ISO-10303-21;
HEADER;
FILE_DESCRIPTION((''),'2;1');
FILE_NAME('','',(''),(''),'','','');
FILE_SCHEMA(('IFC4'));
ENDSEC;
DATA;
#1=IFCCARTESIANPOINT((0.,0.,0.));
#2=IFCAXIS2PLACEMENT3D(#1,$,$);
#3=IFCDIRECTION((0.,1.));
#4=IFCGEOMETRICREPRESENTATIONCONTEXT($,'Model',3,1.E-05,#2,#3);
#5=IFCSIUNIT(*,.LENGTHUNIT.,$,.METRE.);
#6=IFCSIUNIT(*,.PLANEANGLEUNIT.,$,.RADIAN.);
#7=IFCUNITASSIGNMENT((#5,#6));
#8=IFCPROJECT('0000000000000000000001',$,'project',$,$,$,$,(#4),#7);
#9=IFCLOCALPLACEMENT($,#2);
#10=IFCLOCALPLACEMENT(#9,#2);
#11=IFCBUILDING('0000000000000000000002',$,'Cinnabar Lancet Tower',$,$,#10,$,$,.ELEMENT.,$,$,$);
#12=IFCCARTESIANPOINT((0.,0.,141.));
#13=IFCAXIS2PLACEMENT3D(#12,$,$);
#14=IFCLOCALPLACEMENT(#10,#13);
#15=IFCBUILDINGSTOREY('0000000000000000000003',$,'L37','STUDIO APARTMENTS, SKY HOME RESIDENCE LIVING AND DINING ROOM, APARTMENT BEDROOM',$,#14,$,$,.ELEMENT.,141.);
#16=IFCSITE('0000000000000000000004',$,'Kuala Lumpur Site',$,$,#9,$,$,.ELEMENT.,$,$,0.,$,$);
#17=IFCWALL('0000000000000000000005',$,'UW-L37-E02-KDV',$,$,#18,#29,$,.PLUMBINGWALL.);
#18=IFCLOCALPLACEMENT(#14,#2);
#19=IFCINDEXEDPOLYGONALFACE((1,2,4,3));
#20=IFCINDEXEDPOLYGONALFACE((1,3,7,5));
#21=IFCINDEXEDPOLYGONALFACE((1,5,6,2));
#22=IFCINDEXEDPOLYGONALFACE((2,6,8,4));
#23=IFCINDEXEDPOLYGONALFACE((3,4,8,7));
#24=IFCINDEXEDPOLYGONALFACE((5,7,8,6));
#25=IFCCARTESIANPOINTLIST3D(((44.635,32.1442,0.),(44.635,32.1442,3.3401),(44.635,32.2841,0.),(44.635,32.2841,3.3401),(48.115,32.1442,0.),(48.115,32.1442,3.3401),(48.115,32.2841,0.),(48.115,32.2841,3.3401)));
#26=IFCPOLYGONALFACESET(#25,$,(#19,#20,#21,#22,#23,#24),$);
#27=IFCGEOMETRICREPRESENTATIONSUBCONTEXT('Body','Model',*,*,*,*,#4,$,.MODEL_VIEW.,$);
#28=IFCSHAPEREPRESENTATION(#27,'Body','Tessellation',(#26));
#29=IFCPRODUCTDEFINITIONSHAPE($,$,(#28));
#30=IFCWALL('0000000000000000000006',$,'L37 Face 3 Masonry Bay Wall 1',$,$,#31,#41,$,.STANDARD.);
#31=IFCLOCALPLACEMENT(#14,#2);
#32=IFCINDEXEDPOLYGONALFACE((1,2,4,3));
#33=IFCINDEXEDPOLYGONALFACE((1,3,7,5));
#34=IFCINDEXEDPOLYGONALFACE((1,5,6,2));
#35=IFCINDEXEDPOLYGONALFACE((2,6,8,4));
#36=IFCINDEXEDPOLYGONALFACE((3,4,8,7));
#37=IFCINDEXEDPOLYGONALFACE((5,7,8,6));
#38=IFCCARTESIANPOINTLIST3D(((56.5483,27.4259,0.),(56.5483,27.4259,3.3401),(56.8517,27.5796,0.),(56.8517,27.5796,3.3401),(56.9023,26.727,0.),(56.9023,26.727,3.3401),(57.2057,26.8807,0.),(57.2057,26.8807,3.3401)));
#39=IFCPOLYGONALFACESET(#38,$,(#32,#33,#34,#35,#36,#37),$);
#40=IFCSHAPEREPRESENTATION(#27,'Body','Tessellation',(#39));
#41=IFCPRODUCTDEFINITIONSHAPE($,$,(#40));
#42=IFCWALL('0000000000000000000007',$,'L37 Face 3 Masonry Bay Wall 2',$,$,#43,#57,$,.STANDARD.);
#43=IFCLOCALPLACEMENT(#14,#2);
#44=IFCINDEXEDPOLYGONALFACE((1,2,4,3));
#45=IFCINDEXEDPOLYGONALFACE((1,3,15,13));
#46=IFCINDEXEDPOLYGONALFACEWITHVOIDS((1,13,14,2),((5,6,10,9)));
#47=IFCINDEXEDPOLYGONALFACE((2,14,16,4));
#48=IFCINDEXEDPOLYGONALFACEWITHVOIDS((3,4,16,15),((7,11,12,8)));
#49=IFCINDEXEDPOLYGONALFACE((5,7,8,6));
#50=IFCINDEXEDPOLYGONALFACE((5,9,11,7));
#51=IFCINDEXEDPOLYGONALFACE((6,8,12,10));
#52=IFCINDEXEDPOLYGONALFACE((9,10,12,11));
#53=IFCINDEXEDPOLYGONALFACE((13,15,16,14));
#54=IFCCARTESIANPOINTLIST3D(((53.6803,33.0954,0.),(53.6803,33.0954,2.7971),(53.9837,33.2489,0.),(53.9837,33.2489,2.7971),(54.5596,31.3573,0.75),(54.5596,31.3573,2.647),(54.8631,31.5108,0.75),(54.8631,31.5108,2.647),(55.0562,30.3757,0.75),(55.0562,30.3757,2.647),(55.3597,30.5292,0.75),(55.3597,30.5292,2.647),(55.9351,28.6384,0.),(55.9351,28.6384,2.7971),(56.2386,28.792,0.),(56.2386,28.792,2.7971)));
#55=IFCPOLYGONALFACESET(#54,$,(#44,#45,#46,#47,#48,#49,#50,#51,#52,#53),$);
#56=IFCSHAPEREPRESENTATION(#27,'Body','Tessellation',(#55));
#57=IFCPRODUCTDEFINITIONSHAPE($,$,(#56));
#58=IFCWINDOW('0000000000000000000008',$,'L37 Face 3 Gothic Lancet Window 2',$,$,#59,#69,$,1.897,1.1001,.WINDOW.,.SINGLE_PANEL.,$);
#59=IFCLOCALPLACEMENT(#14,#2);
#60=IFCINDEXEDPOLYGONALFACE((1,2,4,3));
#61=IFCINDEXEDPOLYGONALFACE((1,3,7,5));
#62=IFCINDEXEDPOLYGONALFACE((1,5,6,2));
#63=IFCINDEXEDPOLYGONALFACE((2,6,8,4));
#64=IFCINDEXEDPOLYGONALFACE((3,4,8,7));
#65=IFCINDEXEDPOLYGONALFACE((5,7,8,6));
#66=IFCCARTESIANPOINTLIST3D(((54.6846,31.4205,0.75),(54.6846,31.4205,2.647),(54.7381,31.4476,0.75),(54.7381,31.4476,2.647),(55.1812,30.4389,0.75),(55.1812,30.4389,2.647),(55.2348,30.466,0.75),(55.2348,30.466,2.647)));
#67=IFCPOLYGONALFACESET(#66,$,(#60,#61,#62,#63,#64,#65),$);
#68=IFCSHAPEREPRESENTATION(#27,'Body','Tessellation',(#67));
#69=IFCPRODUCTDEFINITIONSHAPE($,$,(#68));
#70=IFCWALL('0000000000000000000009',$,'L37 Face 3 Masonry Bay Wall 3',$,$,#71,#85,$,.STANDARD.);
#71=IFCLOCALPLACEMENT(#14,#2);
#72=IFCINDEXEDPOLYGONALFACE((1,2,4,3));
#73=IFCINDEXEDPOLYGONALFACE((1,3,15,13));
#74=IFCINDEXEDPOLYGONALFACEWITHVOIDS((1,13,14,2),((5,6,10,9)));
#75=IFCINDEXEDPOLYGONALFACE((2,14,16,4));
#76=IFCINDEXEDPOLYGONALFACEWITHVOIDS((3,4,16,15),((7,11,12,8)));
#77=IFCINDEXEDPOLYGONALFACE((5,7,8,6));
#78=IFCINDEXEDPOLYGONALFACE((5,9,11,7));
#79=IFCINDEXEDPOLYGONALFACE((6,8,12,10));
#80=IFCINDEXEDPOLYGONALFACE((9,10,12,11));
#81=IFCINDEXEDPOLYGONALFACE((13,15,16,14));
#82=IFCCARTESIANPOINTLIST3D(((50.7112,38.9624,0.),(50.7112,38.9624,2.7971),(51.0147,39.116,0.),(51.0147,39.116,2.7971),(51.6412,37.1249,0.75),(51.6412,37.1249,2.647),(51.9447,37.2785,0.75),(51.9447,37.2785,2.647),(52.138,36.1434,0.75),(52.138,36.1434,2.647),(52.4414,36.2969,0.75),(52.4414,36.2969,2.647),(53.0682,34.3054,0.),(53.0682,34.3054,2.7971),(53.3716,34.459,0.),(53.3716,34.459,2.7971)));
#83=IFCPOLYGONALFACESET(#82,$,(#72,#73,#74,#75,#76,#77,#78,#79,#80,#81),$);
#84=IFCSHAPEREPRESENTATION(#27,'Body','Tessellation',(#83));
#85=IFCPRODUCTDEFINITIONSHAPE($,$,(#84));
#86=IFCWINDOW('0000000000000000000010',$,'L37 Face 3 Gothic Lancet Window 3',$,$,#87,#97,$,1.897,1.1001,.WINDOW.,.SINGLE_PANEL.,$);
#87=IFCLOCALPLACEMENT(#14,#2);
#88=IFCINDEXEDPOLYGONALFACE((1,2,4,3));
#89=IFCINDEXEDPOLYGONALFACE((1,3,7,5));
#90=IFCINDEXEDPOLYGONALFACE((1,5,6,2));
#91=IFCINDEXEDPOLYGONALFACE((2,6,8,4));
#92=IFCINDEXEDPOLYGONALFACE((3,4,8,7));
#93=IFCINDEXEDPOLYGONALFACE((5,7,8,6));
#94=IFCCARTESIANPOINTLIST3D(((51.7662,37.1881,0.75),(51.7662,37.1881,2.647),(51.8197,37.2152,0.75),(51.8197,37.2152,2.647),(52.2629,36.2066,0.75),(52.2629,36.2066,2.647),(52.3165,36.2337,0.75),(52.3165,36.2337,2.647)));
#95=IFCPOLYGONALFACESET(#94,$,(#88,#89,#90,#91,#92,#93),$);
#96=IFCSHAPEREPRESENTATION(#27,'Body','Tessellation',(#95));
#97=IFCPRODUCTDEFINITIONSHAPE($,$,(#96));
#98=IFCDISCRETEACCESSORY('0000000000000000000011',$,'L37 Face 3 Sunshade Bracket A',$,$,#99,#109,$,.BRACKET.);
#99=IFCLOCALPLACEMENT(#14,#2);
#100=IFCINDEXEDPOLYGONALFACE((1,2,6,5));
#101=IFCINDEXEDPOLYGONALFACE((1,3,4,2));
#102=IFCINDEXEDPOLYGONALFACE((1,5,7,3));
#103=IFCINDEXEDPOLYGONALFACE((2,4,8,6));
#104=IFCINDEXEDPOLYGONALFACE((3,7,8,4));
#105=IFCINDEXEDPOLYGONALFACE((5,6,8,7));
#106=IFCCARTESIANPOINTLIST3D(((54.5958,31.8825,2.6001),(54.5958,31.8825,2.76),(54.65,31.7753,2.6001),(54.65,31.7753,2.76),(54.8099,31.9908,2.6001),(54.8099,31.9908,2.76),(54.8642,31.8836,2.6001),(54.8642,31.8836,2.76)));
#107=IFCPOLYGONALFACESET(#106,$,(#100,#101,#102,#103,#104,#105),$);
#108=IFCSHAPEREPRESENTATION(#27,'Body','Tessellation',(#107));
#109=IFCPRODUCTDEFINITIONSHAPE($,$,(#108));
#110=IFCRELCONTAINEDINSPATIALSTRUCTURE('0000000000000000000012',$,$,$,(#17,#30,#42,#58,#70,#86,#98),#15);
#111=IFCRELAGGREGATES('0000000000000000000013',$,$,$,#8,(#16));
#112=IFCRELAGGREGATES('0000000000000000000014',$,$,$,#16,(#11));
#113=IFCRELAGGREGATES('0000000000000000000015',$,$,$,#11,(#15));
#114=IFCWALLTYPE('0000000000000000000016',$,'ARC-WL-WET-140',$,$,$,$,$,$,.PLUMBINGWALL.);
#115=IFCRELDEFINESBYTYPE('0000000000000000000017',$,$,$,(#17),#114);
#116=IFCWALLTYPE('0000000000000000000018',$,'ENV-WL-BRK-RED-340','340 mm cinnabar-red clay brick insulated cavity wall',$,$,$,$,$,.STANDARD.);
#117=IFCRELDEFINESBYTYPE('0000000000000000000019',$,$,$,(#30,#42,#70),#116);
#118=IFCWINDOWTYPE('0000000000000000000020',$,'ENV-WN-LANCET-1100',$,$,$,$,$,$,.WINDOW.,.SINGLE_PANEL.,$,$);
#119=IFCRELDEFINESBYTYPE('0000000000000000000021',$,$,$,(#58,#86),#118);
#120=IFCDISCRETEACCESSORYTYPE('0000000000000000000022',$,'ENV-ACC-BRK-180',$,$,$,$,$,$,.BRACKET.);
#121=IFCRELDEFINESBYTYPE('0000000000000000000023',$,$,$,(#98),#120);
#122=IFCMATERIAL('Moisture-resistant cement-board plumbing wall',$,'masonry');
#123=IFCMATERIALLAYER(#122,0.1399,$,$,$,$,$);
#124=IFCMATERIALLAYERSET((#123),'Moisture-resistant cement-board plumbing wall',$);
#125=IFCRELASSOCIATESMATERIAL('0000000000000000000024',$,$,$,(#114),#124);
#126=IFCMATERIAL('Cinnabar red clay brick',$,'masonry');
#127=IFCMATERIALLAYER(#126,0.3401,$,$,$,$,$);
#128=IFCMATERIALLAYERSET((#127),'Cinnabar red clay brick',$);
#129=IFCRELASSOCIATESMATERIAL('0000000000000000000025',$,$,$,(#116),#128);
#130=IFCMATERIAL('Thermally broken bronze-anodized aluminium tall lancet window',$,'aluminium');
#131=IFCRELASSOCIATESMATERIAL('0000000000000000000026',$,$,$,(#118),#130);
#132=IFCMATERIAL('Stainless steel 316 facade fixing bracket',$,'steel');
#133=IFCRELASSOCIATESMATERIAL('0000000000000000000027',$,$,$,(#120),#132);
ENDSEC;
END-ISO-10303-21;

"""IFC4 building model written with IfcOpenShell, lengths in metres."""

from ifc_helpers import new_model, si_unit, direction, frame, frame_2d, origin, origin_2d, place, context, subcontext, project, spatial, rectangle, extrude, material, layer, layer_set, type_object, element, fill, save


model = new_model("IFC4")

# Units and contexts
model_context = context("Model", 3, precision=1e-05, world=origin(), true_north=direction((0.0, 1.0)))
body_context = subcontext(model_context, "Body", "Model", "MODEL_VIEW")
ifc_project = project(units=[si_unit("LENGTHUNIT", "METRE"), si_unit("PLANEANGLEUNIT", "RADIAN")], contexts=[model_context])

# Site, building, storey
site_placement = place(None, origin())
site = spatial("IfcSite", under=ifc_project, at=site_placement, Name="Kuala Lumpur Site", CompositionType="ELEMENT", RefElevation=0.0)
building_placement = place(site_placement, origin())
building = spatial("IfcBuilding", under=site, at=building_placement, Name="Cinnabar Lancet Tower", CompositionType="ELEMENT")
storey_placement = place(building_placement, frame((0.0, 0.0, 141.0)))
storey = spatial("IfcBuildingStorey", under=building, at=storey_placement, Name="L37", Description="STUDIO APARTMENTS, SKY HOME RESIDENCE LIVING AND DINING ROOM, APARTMENT BEDROOM", CompositionType="ELEMENT", Elevation=141.0)

# Shared definitions
ifc_material_1 = material(Name="Moisture-resistant cement-board plumbing wall", Category="masonry")
ifc_layer_1 = layer(ifc_material_1, 0.1399)
ifc_layer_set_1 = layer_set([ifc_layer_1], Name="Moisture-resistant cement-board plumbing wall")
wall_type_1 = type_object("IfcWallType", Name="ARC-WL-WET-140", PredefinedType="PLUMBINGWALL", material=ifc_layer_set_1)

# Walls
wall_1_placement = place(storey_placement, frame((44.635, 32.2141, 0.0), z_axis=(0.0, 0.0, 1.0), x_axis=(1.0, 0.0, 0.0)))
element("IfcWall", 1, at=wall_1_placement, inside=storey, type_object=wall_type_1, Name="UW-L37-E02-KDV", PredefinedType="PLUMBINGWALL", context=body_context, shape_type="SweptSolid", body=[
    extrude(rectangle(XDim=3.48, YDim=0.1399, at=frame_2d((1.74, 0.0))), origin(), (0.0, 0.0, 1.0), 3.3401),
])
ifc_material_2 = material(Name="Cinnabar red clay brick", Category="masonry")
ifc_layer_2 = layer(ifc_material_2, 0.3401)
ifc_layer_set_2 = layer_set([ifc_layer_2], Name="Cinnabar red clay brick")
wall_type_2 = type_object("IfcWallType", Name="ENV-WL-BRK-RED-340", Description="340 mm cinnabar-red clay brick insulated cavity wall", PredefinedType="STANDARD", material=ifc_layer_set_2)
wall_2_placement = place(storey_placement, frame((57.054, 26.804, 0.0), z_axis=(0.0, 0.0, 1.0), x_axis=(-0.451819, 0.892109, 0.0)))
element("IfcWall", 2, at=wall_2_placement, inside=storey, type_object=wall_type_2, Name="L37 Face 3 Masonry Bay Wall 1", PredefinedType="STANDARD", context=body_context, shape_type="SweptSolid", body=[
    extrude(rectangle(XDim=0.7834, YDim=0.3401, at=frame_2d((0.3916, 0.0))), origin(), (0.0, 0.0, 1.0), 3.3401),
])

# Walls, openings, windows
wall_3_placement = place(storey_placement, frame((56.0869, 28.7151, 0.0), z_axis=(0.0, 0.0, 1.0), x_axis=(-0.451432, 0.892306, 0.0)))
wall_3 = element("IfcWall", 3, at=wall_3_placement, inside=storey, type_object=wall_type_2, Name="L37 Face 3 Masonry Bay Wall 2", PredefinedType="STANDARD", context=body_context, shape_type="SweptSolid", body=[
    extrude(rectangle(XDim=4.9949, YDim=0.3401, at=frame_2d((2.4976, 0.0))), origin(), (0.0, 0.0, 1.0), 2.7971),
])
opening_1_placement = place(wall_3_placement, frame((1.947, 0.0, 0.75)))
opening_1 = element("IfcOpeningElement", 4, at=opening_1_placement, cuts=wall_3, PredefinedType="OPENING", context=body_context, shape_type="SweptSolid", body=[
    extrude(rectangle(XDim=1.1001, YDim=1.897, at=frame_2d((0.55, 0.9485))), frame((0.0, 0.1799, 0.0), z_axis=(0.0, -1.0, 0.0), x_axis=(1.0, 0.0, 0.0)), (0.0, 0.0, 1.0), 0.3601),
])
ifc_material_3 = material(Name="Thermally broken bronze-anodized aluminium tall lancet window", Category="aluminium")
window_type = type_object("IfcWindowType", Name="ENV-WN-LANCET-1100", PartitioningType="SINGLE_PANEL", PredefinedType="WINDOW", material=ifc_material_3)
window_1_placement = place(opening_1_placement, origin())
window_1 = element("IfcWindow", 5, at=window_1_placement, inside=storey, type_object=window_type, Name="L37 Face 3 Gothic Lancet Window 2", OverallHeight=1.897, OverallWidth=1.1001, PartitioningType="SINGLE_PANEL", PredefinedType="WINDOW", context=body_context, shape_type="SweptSolid", body=[
    extrude(rectangle(XDim=1.1001, YDim=1.897, at=frame_2d((0.55, 0.9485))), frame((0.0, 0.03, 0.0), z_axis=(0.0, -1.0, 0.0), x_axis=(1.0, 0.0, 0.0)), (0.0, 0.0, 1.0), 0.0601),
])
fill(opening_1, window_1)
wall_4_placement = place(storey_placement, frame((53.22, 34.3821, 0.0), z_axis=(0.0, 0.0, 1.0), x_axis=(-0.451568, 0.892237, 0.0)))
wall_4 = element("IfcWall", 6, at=wall_4_placement, inside=storey, type_object=wall_type_2, Name="L37 Face 3 Masonry Bay Wall 3", PredefinedType="STANDARD", context=body_context, shape_type="SweptSolid", body=[
    extrude(rectangle(XDim=5.2195, YDim=0.3401, at=frame_2d((2.6099, 0.0))), origin(), (0.0, 0.0, 1.0), 2.7971),
])
opening_2_placement = place(wall_4_placement, frame((2.0601, 0.0, 0.75)))
opening_2 = element("IfcOpeningElement", 7, at=opening_2_placement, cuts=wall_4, PredefinedType="OPENING", context=body_context, shape_type="SweptSolid", body=[
    extrude(rectangle(XDim=1.1001, YDim=1.897, at=frame_2d((0.55, 0.9485))), frame((0.0, 0.1799, 0.0), z_axis=(0.0, -1.0, 0.0), x_axis=(1.0, 0.0, 0.0)), (0.0, 0.0, 1.0), 0.3601),
])
window_2_placement = place(opening_2_placement, origin())
window_2 = element("IfcWindow", 8, at=window_2_placement, inside=storey, type_object=window_type, Name="L37 Face 3 Gothic Lancet Window 3", OverallHeight=1.897, OverallWidth=1.1001, PartitioningType="SINGLE_PANEL", PredefinedType="WINDOW", context=body_context, shape_type="SweptSolid", body=[
    extrude(rectangle(XDim=1.1001, YDim=1.897, at=frame_2d((0.55, 0.9485))), frame((0.0, 0.03, 0.0), z_axis=(0.0, -1.0, 0.0), x_axis=(1.0, 0.0, 0.0)), (0.0, 0.0, 1.0), 0.0601),
])
fill(opening_2, window_2)

# Discrete accessory
ifc_material_4 = material(Name="Stainless steel 316 facade fixing bracket", Category="steel")
discrete_accessory_type = type_object("IfcDiscreteAccessoryType", Name="ENV-ACC-BRK-180", PredefinedType="BRACKET", material=ifc_material_4)
discrete_accessory_placement = place(storey_placement, frame((54.73, 31.8831, 2.6001), z_axis=(0.0, 0.0, 1.0), x_axis=(-0.451454, 0.892294, 0.0)))
element("IfcDiscreteAccessory", 9, at=discrete_accessory_placement, inside=storey, type_object=discrete_accessory_type, Name="L37 Face 3 Sunshade Bracket A", PredefinedType="BRACKET", context=body_context, shape_type="SweptSolid", body=[
    extrude(rectangle(XDim=0.1201, YDim=0.24, at=origin_2d()), origin(), (0.0, 0.0, 1.0), 0.1599),
])

save(model, "model.ifc")
